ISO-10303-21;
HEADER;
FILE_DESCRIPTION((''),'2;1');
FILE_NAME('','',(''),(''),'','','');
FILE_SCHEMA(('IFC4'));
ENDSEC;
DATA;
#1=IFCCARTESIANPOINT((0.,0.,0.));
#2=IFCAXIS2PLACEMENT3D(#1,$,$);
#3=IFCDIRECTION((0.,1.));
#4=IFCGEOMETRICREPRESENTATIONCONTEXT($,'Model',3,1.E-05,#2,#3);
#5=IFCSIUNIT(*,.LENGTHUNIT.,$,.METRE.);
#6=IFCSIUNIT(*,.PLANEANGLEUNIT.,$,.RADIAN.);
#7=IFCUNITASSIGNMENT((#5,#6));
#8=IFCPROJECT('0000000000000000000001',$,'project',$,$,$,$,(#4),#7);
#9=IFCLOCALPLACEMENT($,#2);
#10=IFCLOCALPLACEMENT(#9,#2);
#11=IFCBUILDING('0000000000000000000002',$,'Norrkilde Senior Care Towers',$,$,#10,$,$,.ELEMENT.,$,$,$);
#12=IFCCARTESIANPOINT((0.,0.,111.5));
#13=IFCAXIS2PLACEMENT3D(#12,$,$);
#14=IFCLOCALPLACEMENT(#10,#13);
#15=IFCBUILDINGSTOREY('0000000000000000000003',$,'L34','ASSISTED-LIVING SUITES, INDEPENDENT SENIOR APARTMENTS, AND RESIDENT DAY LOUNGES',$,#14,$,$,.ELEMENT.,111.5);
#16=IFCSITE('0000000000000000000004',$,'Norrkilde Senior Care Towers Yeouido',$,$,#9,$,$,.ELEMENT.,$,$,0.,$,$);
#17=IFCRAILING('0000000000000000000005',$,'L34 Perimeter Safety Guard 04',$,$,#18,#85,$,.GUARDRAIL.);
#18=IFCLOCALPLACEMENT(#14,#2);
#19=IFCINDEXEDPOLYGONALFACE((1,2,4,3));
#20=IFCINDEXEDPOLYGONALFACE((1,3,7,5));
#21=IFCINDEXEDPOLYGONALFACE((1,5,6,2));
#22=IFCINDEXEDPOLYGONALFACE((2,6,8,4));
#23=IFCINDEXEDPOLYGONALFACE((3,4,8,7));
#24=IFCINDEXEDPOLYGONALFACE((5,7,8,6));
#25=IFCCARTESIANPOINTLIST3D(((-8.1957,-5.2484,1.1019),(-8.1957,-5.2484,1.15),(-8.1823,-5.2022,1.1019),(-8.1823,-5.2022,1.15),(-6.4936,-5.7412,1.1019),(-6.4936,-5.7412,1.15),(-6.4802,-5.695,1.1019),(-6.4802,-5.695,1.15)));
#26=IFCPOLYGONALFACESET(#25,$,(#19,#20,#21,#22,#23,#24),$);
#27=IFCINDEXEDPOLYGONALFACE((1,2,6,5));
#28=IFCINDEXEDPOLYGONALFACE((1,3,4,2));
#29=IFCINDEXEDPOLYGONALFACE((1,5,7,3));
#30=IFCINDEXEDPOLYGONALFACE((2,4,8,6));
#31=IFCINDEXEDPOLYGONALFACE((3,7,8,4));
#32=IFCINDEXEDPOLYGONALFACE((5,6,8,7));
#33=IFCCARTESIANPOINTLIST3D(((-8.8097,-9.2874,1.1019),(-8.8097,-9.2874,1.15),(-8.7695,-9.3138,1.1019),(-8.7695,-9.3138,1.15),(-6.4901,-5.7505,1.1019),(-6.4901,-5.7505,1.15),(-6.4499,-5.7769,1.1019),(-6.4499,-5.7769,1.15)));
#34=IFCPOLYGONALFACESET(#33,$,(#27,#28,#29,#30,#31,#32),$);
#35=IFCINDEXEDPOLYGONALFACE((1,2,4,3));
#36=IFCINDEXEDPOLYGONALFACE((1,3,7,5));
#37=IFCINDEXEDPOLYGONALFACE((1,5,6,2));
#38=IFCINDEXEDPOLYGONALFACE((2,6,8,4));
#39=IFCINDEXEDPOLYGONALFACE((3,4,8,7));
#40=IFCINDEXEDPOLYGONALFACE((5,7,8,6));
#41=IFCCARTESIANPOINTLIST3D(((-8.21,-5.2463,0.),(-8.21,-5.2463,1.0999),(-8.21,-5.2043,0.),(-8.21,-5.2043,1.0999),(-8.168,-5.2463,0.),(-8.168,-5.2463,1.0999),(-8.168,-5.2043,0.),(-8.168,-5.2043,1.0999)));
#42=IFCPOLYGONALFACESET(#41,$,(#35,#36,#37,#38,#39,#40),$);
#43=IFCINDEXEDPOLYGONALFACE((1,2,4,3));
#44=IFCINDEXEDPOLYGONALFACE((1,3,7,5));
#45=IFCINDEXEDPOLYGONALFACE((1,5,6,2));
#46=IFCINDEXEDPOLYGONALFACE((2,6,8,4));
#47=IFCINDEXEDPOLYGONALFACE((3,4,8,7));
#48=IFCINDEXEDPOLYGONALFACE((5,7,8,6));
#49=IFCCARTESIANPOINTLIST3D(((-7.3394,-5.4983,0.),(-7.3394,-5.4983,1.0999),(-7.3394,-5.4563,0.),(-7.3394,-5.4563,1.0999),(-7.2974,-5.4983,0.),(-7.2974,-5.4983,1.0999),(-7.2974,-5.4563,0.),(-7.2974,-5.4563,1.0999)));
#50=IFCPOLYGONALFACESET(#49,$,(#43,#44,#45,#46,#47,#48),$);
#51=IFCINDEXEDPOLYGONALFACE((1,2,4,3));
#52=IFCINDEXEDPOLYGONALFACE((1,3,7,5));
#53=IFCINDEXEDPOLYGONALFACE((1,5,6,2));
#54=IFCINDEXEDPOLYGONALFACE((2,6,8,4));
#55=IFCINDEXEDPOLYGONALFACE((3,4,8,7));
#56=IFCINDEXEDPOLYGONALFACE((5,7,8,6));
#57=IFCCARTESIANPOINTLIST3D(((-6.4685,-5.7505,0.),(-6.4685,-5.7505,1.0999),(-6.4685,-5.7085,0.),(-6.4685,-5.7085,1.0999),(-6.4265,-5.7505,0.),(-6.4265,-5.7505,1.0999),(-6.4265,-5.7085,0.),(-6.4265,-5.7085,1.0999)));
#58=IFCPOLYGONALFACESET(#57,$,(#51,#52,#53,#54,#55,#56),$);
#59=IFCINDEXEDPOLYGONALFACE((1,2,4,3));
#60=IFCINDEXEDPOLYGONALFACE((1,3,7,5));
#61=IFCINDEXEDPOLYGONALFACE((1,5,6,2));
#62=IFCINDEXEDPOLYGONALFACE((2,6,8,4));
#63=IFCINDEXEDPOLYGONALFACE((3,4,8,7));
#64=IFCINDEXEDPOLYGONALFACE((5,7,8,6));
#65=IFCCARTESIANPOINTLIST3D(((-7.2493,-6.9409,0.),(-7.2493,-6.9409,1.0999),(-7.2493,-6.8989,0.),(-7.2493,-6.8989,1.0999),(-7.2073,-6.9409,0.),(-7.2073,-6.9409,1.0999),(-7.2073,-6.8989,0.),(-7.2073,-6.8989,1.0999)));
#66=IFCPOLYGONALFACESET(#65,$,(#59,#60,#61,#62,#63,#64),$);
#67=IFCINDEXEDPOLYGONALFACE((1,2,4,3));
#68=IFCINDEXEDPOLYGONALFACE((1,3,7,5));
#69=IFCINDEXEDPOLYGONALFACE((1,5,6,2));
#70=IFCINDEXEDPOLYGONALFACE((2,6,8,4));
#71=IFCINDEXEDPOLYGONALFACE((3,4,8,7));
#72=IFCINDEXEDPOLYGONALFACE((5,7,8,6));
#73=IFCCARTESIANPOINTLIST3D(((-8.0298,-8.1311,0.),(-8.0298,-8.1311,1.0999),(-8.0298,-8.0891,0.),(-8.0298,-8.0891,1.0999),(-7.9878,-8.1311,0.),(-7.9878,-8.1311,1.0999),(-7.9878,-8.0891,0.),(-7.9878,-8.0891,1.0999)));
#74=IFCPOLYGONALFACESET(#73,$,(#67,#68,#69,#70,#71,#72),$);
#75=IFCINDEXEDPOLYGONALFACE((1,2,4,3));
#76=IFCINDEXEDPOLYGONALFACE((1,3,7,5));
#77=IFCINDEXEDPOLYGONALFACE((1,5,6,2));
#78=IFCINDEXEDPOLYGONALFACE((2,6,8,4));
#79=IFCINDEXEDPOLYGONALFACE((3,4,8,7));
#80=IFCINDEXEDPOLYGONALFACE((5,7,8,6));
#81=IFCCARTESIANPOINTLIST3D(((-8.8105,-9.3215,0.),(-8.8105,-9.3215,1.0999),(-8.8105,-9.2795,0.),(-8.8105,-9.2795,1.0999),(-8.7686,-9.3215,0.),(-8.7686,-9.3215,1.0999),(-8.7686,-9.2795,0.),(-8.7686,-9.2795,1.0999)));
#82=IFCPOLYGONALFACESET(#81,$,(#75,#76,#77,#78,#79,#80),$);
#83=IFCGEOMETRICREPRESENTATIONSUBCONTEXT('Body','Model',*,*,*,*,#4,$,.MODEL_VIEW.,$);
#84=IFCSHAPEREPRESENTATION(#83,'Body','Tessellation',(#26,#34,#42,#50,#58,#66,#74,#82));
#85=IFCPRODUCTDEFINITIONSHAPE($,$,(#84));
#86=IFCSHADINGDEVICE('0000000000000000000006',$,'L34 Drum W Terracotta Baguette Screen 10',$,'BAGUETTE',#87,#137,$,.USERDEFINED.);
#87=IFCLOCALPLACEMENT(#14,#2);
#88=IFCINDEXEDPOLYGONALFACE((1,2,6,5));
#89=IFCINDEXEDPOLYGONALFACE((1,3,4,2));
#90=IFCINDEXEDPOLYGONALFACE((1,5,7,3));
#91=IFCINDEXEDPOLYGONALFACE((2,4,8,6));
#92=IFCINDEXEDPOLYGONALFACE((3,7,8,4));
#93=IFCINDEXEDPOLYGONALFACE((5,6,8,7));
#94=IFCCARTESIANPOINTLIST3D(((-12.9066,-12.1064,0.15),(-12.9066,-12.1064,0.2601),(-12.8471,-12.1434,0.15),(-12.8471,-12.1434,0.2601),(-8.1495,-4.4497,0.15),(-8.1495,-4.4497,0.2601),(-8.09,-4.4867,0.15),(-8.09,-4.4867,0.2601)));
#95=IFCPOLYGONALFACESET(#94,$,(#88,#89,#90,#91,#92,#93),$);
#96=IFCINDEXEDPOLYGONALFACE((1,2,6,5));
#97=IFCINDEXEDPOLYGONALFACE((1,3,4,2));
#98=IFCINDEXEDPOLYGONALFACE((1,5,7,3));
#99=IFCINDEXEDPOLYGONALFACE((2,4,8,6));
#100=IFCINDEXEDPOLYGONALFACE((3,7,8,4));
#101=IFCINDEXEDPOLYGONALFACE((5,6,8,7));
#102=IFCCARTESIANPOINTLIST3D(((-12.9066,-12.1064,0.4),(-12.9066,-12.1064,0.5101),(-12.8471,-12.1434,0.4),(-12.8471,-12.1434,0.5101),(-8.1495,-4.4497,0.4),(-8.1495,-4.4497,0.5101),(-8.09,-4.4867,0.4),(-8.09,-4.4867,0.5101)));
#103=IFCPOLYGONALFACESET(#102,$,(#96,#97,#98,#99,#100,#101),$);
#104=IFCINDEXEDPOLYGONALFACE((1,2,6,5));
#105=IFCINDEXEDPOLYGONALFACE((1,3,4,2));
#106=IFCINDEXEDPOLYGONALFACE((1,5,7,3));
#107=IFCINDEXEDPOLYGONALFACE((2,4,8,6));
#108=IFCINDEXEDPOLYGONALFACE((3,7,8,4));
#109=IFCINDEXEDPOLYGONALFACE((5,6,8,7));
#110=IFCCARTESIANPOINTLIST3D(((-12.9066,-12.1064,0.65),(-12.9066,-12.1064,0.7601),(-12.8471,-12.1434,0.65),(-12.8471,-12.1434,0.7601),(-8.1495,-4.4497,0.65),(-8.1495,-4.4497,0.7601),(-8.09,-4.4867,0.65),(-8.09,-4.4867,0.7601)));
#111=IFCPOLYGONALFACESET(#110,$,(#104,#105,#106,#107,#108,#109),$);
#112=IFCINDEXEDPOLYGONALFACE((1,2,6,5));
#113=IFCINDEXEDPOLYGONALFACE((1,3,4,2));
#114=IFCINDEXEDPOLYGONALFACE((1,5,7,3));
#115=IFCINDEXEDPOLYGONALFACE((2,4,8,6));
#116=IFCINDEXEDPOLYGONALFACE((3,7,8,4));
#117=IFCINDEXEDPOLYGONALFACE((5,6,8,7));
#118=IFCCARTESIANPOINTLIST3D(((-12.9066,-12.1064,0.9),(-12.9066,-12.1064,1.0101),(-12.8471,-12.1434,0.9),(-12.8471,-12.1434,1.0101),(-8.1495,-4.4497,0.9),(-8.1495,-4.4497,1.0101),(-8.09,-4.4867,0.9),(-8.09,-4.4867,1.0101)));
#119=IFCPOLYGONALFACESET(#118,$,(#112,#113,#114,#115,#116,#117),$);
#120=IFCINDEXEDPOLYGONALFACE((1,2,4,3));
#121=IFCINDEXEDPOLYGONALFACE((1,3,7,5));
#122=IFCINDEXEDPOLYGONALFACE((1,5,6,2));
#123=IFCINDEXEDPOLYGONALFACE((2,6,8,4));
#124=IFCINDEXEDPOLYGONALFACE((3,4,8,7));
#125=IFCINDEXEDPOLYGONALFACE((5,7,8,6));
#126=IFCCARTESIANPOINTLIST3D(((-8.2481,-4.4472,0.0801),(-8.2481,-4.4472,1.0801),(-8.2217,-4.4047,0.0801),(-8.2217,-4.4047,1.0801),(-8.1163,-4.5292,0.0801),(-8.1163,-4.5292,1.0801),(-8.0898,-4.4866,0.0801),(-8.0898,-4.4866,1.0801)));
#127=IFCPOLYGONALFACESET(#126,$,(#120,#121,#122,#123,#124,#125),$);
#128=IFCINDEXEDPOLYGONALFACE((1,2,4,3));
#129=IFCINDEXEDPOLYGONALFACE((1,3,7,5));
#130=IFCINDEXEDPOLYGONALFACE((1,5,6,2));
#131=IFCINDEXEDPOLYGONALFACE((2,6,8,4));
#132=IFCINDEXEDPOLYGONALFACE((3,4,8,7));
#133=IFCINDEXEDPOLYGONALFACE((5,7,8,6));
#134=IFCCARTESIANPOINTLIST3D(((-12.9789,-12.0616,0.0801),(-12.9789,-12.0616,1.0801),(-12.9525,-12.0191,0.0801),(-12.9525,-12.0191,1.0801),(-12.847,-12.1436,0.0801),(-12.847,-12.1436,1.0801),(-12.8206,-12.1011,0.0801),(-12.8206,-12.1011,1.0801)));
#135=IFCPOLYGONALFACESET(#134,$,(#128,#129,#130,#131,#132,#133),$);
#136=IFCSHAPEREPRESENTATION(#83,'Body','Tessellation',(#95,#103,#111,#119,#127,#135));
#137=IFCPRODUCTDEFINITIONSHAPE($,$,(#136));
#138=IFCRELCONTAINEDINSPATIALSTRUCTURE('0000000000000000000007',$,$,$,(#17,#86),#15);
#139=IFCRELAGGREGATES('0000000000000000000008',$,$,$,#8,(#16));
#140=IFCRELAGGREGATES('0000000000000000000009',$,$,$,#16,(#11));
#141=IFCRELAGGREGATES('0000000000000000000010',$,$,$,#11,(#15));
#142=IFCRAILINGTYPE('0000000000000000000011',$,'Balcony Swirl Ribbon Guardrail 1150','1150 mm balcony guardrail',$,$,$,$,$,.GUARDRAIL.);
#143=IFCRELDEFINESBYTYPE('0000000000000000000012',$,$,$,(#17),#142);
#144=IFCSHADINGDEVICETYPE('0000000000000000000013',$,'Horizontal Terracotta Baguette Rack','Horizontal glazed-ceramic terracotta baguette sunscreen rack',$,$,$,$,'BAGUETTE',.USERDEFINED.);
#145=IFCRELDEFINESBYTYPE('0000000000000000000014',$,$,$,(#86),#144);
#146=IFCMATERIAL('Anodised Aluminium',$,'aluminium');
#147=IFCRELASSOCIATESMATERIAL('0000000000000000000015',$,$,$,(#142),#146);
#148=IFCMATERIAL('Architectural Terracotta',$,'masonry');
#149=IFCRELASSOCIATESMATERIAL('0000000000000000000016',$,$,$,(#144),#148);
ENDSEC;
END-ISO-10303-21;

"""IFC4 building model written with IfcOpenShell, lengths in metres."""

from ifc_helpers import new_model, si_unit, direction, frame, origin, origin_2d, place, context, subcontext, project, spatial, rectangle, extrude, source, transform, mapped, material, type_object, type_shapes, element, save


model = new_model("IFC4")

# Units and contexts
model_context = context("Model", 3, precision=1e-05, world=origin(), true_north=direction((0.0, 1.0)))
body_context = subcontext(model_context, "Body", "Model", "MODEL_VIEW")
ifc_project = project(units=[si_unit("LENGTHUNIT", "METRE"), si_unit("PLANEANGLEUNIT", "RADIAN")], contexts=[model_context])

# Site, building, storey
site_placement = place(None, origin())
site = spatial("IfcSite", under=ifc_project, at=site_placement, Name="Norrkilde Senior Care Towers Yeouido", CompositionType="ELEMENT", RefElevation=0.0)
building_placement = place(site_placement, origin())
building = spatial("IfcBuilding", under=site, at=building_placement, Name="Norrkilde Senior Care Towers", CompositionType="ELEMENT")
storey_placement = place(building_placement, frame((0.0, 0.0, 111.5)))
storey = spatial("IfcBuildingStorey", under=building, at=storey_placement, Name="L34", Description="ASSISTED-LIVING SUITES, INDEPENDENT SENIOR APARTMENTS, AND RESIDENT DAY LOUNGES", CompositionType="ELEMENT", Elevation=111.5)

# Shared definitions
ifc_material_1 = material(Name="Anodised Aluminium", Category="aluminium")

# Railing
railing_type = type_object("IfcRailingType", Name="Balcony Swirl Ribbon Guardrail 1150", Description="1150 mm balcony guardrail", PredefinedType="GUARDRAIL", material=ifc_material_1)
railing_1_placement = place(storey_placement, frame((-8.189, -5.2253, 0.0)))
element("IfcRailing", 1, at=railing_1_placement, inside=storey, type_object=railing_type, Name="L34 Perimeter Safety Guard 04", PredefinedType="GUARDRAIL", context=body_context, shape_type="SweptSolid", body=[
    extrude(rectangle(XDim=0.0481, YDim=0.0481, at=origin_2d()), frame((0.0, 0.0, 1.126), z_axis=(0.960558, -0.278081, 0.0), x_axis=(0.278081, 0.960558, 0.0)), (0.0, 0.0, 1.0), 1.772),
    extrude(rectangle(XDim=0.0481, YDim=0.0481, at=origin_2d()), frame((1.719, -0.5383, 1.126), z_axis=(-0.548418, -0.836204, 0.0), x_axis=(0.836204, -0.548418, 0.0)), (0.0, 0.0, 1.0), 4.2297),
    extrude(rectangle(XDim=0.042, YDim=0.042, at=origin_2d()), origin(), (0.0, 0.0, 1.0), 1.0999),
    extrude(rectangle(XDim=0.042, YDim=0.042, at=origin_2d()), frame((0.8706, -0.252, 0.0)), (0.0, 0.0, 1.0), 1.0999),
    extrude(rectangle(XDim=0.042, YDim=0.042, at=origin_2d()), frame((1.7415, -0.5042, 0.0)), (0.0, 0.0, 1.0), 1.0999),
    extrude(rectangle(XDim=0.042, YDim=0.042, at=origin_2d()), frame((0.9607, -1.6946, 0.0)), (0.0, 0.0, 1.0), 1.0999),
    extrude(rectangle(XDim=0.042, YDim=0.042, at=origin_2d()), frame((0.1802, -2.8848, 0.0)), (0.0, 0.0, 1.0), 1.0999),
    extrude(rectangle(XDim=0.042, YDim=0.042, at=origin_2d()), frame((-0.6006, -4.0752, 0.0)), (0.0, 0.0, 1.0), 1.0999),
])

# Shading device
ifc_material_2 = material(Name="Architectural Terracotta", Category="masonry")
shading_device_type = type_object("IfcShadingDeviceType", Name="Horizontal Terracotta Baguette Rack", Description="Horizontal glazed-ceramic terracotta baguette sunscreen rack", ElementType="BAGUETTE", PredefinedType="USERDEFINED", material=ifc_material_2)
shared_shape_1 = source(origin(), body_context, "Body", "SweptSolid", [
    extrude(rectangle(XDim=0.0701, YDim=0.1101, at=origin_2d()), frame((0.0, 0.0901, 0.125), z_axis=(1.0, 0.0, 0.0), x_axis=(0.0, 1.0, 0.0)), (0.0, 0.0, 1.0), 9.0142),
    extrude(rectangle(XDim=0.0701, YDim=0.1101, at=origin_2d()), frame((0.0, 0.0901, 0.375), z_axis=(1.0, 0.0, 0.0), x_axis=(0.0, 1.0, 0.0)), (0.0, 0.0, 1.0), 9.0142),
    extrude(rectangle(XDim=0.0701, YDim=0.1101, at=origin_2d()), frame((0.0, 0.0901, 0.625), z_axis=(1.0, 0.0, 0.0), x_axis=(0.0, 1.0, 0.0)), (0.0, 0.0, 1.0), 9.0142),
    extrude(rectangle(XDim=0.0701, YDim=0.1101, at=origin_2d()), frame((0.0, 0.0901, 0.875), z_axis=(1.0, 0.0, 0.0), x_axis=(0.0, 1.0, 0.0)), (0.0, 0.0, 1.0), 9.0142),
    extrude(rectangle(XDim=0.05, YDim=0.1553, at=origin_2d()), frame((0.0249, 0.0476, 0.0)), (0.0, 0.0, 1.0), 1.0),
    extrude(rectangle(XDim=0.05, YDim=0.1553, at=origin_2d()), frame((8.9893, 0.0476, 0.0)), (0.0, 0.0, 1.0), 1.0),
])
type_shapes(shading_device_type, [shared_shape_1])
shading_device_placement = place(storey_placement, frame((-8.1963, -4.4207, 0.0801), z_axis=(0.0, 0.0, 1.0), x_axis=(-0.527734, -0.849412, 0.0)))
element("IfcShadingDevice", 2, at=shading_device_placement, inside=storey, type_object=shading_device_type, Name="L34 Drum W Terracotta Baguette Screen 10", ObjectType="BAGUETTE", PredefinedType="USERDEFINED", context=body_context, shape_type="MappedRepresentation", body=[
    mapped(shared_shape_1, transform((0.0, 0.0, 0.0), x_axis=(1.0, 0.0, 0.0), y_axis=(0.0, 1.0, 0.0), z_axis=(0.0, 0.0, 1.0), scale=1.0)),
])

save(model, "model.ifc")
